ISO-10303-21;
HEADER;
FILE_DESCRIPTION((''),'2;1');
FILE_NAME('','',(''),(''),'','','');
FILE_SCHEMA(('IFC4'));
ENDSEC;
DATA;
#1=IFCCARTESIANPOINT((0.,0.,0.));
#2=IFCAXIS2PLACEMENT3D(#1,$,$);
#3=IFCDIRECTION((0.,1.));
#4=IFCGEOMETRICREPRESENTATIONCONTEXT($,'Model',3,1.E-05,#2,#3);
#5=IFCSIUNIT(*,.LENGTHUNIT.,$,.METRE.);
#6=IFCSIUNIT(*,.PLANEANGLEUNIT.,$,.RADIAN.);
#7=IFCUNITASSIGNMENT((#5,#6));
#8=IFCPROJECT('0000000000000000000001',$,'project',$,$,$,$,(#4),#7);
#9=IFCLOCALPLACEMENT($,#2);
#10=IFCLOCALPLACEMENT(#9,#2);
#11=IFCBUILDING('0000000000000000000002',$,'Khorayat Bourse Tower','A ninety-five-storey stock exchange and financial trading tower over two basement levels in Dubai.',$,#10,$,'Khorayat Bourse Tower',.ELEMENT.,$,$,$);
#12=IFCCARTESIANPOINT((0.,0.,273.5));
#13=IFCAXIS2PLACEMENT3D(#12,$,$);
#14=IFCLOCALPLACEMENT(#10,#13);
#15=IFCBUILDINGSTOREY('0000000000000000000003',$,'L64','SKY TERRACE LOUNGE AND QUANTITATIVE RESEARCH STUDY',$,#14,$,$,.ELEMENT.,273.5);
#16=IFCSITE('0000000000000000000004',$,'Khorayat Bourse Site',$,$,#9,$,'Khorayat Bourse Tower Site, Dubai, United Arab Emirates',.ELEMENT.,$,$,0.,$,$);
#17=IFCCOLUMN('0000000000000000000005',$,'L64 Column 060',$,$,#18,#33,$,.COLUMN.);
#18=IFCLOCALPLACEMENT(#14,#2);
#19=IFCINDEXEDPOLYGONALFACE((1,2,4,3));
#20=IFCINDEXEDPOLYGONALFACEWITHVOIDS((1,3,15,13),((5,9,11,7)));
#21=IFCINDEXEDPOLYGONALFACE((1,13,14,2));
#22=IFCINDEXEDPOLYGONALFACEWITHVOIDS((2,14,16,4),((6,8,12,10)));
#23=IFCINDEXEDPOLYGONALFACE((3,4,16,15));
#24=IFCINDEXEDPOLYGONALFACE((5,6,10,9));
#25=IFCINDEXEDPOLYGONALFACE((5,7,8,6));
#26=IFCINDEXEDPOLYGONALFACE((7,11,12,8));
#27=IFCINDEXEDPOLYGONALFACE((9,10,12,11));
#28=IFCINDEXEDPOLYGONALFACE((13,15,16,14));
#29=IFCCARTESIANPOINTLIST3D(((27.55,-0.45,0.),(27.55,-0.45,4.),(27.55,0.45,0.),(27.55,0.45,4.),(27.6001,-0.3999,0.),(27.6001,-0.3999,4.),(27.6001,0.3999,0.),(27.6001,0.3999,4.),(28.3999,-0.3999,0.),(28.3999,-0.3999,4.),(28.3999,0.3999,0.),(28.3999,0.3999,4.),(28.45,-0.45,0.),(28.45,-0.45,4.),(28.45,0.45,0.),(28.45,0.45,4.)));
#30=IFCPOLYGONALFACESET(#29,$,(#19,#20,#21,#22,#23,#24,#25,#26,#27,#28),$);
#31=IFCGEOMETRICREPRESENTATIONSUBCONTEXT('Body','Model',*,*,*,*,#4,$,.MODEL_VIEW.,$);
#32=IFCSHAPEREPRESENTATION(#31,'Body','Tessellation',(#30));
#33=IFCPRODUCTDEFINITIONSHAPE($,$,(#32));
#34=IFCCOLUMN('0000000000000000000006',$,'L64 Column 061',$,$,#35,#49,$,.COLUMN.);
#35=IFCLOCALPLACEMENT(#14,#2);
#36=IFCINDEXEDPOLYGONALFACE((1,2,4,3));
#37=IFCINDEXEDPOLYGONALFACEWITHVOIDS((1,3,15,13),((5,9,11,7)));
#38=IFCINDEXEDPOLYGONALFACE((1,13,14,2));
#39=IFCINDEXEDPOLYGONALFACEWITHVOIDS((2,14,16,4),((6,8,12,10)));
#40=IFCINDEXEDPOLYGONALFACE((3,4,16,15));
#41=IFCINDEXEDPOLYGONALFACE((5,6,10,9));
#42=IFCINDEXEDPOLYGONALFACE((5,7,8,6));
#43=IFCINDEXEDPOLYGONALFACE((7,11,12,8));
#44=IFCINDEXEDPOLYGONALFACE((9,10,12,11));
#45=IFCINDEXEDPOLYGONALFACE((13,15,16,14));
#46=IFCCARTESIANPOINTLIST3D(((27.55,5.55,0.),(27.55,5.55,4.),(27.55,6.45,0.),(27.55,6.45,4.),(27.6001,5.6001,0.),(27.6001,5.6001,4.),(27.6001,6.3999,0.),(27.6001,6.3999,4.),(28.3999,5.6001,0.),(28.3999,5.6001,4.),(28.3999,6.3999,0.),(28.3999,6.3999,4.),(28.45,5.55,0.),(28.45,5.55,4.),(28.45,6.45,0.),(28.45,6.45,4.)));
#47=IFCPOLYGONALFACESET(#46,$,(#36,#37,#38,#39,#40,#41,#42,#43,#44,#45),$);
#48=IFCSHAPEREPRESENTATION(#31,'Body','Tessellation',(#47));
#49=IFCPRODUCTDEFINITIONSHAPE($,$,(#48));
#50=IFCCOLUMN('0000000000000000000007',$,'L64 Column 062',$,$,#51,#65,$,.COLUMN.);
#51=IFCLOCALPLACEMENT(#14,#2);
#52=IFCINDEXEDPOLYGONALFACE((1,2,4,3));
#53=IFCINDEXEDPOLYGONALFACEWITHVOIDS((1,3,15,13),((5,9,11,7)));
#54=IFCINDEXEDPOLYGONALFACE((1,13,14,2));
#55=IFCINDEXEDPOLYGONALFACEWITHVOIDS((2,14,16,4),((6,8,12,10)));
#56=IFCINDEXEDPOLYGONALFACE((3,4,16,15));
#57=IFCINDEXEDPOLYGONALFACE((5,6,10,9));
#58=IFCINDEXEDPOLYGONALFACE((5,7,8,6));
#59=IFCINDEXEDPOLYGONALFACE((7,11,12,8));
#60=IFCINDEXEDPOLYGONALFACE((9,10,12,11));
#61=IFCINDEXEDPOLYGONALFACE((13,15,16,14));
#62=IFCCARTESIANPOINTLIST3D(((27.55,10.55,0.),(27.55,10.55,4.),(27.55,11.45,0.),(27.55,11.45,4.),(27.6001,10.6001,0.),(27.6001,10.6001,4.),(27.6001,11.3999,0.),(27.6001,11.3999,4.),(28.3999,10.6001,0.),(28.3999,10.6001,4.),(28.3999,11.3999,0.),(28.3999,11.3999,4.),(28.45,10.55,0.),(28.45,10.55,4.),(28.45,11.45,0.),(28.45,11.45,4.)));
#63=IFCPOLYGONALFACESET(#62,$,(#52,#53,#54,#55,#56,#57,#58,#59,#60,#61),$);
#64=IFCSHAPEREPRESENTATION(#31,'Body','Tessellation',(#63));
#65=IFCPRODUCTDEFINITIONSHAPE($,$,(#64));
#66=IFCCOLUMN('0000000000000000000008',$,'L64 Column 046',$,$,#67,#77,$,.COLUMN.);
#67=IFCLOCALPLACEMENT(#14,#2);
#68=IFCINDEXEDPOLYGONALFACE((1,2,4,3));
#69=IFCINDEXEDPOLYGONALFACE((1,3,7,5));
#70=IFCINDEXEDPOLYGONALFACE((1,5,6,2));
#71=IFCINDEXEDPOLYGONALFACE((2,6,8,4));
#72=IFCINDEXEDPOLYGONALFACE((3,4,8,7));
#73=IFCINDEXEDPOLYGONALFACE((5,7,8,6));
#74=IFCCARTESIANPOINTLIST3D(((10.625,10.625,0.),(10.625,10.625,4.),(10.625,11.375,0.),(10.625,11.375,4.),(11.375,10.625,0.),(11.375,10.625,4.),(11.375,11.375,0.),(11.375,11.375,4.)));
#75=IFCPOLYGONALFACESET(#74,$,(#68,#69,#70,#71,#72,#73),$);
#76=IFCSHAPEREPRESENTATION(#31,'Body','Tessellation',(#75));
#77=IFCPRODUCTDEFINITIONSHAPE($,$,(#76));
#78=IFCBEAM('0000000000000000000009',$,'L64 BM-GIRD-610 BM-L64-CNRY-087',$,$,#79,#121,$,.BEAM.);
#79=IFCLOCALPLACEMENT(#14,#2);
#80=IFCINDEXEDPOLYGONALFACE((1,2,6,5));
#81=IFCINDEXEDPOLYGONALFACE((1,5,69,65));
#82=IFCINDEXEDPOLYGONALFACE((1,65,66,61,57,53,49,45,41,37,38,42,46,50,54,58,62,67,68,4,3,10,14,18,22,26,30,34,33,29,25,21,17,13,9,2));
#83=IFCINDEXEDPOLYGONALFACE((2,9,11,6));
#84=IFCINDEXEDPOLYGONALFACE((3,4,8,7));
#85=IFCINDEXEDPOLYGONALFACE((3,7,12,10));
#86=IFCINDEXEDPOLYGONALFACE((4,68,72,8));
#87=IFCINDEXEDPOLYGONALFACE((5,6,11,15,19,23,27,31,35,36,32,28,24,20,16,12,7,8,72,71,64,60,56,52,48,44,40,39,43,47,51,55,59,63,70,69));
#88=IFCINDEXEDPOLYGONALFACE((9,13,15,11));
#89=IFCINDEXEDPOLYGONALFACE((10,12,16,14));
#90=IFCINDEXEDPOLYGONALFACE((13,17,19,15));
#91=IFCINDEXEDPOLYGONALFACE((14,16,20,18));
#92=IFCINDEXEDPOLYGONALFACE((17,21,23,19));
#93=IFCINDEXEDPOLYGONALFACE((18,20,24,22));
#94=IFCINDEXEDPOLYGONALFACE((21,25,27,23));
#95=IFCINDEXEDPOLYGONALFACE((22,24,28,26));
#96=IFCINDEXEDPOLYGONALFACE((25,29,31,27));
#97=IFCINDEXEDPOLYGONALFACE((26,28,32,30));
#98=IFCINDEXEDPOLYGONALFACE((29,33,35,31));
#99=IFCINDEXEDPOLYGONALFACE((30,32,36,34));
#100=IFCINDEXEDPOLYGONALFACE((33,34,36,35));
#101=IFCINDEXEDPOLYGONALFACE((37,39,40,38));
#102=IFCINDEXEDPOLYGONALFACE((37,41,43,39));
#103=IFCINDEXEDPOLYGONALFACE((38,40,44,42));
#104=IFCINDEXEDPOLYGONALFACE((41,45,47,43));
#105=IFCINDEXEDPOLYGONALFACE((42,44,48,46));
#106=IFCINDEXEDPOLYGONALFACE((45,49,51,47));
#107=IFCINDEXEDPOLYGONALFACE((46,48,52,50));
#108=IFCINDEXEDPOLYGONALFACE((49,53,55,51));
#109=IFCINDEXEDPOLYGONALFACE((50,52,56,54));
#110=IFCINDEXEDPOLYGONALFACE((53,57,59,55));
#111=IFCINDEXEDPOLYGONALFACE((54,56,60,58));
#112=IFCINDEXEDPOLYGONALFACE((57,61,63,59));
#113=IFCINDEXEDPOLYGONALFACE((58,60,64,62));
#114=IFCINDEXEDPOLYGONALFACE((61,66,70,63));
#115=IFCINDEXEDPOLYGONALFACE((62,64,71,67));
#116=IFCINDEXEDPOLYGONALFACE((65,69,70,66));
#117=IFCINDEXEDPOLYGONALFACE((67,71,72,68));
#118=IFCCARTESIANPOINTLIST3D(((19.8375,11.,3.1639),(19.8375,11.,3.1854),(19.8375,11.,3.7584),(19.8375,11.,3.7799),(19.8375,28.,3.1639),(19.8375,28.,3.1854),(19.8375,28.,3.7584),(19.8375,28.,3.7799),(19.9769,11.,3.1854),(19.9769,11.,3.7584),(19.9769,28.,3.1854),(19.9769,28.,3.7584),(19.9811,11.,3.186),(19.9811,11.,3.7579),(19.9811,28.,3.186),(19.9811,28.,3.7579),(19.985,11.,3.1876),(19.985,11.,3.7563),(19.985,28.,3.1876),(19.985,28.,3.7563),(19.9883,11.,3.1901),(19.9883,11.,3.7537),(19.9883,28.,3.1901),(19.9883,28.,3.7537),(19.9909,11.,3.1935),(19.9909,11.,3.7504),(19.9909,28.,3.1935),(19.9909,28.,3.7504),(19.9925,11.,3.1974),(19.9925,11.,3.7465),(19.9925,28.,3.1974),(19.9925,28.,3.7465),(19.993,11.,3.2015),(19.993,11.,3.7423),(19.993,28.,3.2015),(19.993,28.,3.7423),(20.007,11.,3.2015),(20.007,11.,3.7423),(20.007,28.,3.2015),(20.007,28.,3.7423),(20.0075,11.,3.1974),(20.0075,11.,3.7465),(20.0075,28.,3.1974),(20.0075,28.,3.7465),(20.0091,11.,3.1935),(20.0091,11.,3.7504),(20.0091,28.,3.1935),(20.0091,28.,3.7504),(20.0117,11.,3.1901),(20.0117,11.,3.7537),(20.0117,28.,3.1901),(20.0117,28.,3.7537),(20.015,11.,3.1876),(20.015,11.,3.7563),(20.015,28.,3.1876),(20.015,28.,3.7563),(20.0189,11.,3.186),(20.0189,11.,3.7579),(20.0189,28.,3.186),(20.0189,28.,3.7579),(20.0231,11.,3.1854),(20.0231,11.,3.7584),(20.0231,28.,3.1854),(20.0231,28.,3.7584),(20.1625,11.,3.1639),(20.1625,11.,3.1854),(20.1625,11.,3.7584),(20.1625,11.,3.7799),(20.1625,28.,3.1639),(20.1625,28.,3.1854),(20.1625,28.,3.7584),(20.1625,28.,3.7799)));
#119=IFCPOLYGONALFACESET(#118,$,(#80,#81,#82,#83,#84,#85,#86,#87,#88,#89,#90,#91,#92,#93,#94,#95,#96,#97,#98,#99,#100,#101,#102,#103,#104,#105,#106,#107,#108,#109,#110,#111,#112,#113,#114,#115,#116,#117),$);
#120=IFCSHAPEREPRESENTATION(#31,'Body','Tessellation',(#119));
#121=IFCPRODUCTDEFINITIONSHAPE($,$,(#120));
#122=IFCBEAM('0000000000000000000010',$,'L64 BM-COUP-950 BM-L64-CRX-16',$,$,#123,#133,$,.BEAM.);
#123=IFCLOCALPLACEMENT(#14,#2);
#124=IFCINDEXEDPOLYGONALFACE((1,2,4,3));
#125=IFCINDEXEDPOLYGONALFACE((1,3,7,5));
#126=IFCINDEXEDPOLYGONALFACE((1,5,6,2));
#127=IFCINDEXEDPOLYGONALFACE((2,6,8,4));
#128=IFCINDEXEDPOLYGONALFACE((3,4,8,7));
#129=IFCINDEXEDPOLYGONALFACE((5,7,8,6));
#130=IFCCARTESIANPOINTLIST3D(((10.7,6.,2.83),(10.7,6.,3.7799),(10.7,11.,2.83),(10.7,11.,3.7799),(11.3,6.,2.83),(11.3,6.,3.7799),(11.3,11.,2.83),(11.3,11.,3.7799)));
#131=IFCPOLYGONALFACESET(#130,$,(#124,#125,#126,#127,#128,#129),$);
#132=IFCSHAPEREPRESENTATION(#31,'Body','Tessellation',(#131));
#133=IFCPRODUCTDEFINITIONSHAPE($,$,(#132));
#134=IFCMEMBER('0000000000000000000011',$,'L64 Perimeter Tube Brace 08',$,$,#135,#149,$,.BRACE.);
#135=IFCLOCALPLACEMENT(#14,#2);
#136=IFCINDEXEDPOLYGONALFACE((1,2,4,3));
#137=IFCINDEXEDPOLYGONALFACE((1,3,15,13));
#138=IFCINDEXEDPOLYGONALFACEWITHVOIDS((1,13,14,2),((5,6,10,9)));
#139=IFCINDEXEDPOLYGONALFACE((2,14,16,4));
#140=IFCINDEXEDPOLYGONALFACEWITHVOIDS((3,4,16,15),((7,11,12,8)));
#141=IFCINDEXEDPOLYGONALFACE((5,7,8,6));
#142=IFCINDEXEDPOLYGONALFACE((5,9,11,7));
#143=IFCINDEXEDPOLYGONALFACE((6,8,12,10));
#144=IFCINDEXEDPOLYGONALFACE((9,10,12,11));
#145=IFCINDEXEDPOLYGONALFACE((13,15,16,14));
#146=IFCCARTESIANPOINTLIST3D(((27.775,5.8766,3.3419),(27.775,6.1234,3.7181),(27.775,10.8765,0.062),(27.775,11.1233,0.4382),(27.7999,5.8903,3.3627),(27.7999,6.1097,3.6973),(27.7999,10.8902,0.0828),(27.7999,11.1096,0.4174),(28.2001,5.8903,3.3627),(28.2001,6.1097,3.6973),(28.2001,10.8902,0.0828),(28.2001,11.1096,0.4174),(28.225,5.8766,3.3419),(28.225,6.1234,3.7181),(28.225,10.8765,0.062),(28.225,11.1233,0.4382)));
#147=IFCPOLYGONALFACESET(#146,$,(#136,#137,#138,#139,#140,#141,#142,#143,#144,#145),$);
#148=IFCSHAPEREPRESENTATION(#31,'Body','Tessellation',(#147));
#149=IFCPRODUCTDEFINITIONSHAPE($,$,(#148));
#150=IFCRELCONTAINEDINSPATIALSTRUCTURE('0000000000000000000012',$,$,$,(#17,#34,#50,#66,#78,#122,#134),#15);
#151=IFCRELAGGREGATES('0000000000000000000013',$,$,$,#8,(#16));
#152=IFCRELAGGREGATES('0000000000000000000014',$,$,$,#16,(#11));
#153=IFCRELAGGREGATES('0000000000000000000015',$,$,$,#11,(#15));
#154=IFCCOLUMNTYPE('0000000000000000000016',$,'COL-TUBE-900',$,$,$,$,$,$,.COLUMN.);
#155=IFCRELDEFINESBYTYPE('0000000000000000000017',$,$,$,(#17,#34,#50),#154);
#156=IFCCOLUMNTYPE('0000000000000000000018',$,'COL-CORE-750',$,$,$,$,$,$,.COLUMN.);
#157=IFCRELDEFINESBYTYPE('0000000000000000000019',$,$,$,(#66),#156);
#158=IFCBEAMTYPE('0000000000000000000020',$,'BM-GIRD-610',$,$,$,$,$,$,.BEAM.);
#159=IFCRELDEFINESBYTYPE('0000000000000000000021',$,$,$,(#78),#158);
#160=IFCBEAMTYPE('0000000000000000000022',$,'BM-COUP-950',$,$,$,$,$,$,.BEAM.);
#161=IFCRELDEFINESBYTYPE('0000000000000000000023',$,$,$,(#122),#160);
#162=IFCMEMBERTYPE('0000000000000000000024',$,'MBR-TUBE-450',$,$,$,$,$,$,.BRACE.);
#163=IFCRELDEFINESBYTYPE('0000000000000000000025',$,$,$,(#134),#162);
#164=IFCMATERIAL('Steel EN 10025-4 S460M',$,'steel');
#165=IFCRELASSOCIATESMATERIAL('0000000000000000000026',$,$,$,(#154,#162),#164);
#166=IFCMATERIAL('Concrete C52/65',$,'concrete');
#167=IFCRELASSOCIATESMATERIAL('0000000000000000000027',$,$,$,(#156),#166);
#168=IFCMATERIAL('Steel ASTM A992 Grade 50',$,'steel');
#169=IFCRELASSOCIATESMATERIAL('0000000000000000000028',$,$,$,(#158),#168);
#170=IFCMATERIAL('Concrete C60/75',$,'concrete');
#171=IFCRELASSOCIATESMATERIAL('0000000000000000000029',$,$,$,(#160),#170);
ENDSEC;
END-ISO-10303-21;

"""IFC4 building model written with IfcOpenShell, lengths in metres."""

from ifc_helpers import new_model, si_unit, direction, frame, origin, origin_2d, place, context, subcontext, project, spatial, rectangle, hollow_rectangle, i_section, extrude, source, transform, mapped, material, material_profile, profile_set, type_object, element, save


model = new_model("IFC4")

# Units and contexts
model_context = context("Model", 3, precision=1e-05, world=origin(), true_north=direction((0.0, 1.0)))
body_context = subcontext(model_context, "Body", "Model", "MODEL_VIEW")
ifc_project = project(units=[si_unit("LENGTHUNIT", "METRE"), si_unit("PLANEANGLEUNIT", "RADIAN")], contexts=[model_context])

# Site, building, storey
site_placement = place(None, origin())
site = spatial("IfcSite", under=ifc_project, at=site_placement, Name="Khorayat Bourse Site", LongName="Khorayat Bourse Tower Site, Dubai, United Arab Emirates", CompositionType="ELEMENT", RefElevation=0.0)
building_placement = place(site_placement, origin())
building = spatial("IfcBuilding", under=site, at=building_placement, Name="Khorayat Bourse Tower", Description="A ninety-five-storey stock exchange and financial trading tower over two basement levels in Dubai.", LongName="Khorayat Bourse Tower", CompositionType="ELEMENT")
storey_placement = place(building_placement, frame((0.0, 0.0, 273.5)))
storey = spatial("IfcBuildingStorey", under=building, at=storey_placement, Name="L64", Description="SKY TERRACE LOUNGE AND QUANTITATIVE RESEARCH STUDY", CompositionType="ELEMENT", Elevation=273.5)

# Columns
ifc_material_1 = material(Name="Steel EN 10025-4 S460M", Category="steel")
ifc_material_profile_1 = material_profile(ifc_material_1, hollow_rectangle(XDim=0.8999, YDim=0.8999, WallThickness=0.05, at=origin_2d()), Name="BOX 900x900x50")
ifc_profile_set_1 = profile_set([ifc_material_profile_1], Name="Steel EN 10025-4 S460M")
column_type_1 = type_object("IfcColumnType", Name="COL-TUBE-900", PredefinedType="COLUMN", material=ifc_profile_set_1)
shared_shape_1 = source(origin(), body_context, "Body", "SweptSolid", [
    extrude(hollow_rectangle(XDim=0.8999, YDim=0.8999, WallThickness=0.05, at=origin_2d()), origin(), (0.0, 0.0, 1.0), 4.0),
])
for number, where, z_axis, x_axis, name in (
    (1, (28.0, 0.0, 0.0), (0.0, 0.0, 1.0), (1.0, 0.0, 0.0), "L64 Column 060"),
    (2, (28.0, 6.0, 0.0), (0.0, 0.0, 1.0), (1.0, 0.0, 0.0), "L64 Column 061"),
    (3, (28.0, 11.0, 0.0), (0.0, 0.0, 1.0), (1.0, 0.0, 0.0), "L64 Column 062"),
):
    element("IfcColumn", number, at=place(storey_placement, frame(where, z_axis=z_axis, x_axis=x_axis)), inside=storey, type_object=column_type_1, Name=name, PredefinedType="COLUMN", context=body_context, shape_type="MappedRepresentation", body=[
        mapped(shared_shape_1, transform((0.0, 0.0, 0.0), scale=1.0)),
    ])
ifc_material_2 = material(Name="Concrete C52/65", Category="concrete")
ifc_material_profile_2 = material_profile(ifc_material_2, rectangle(XDim=0.75, YDim=0.75, at=origin_2d()), Name="RC 750x750")
ifc_profile_set_2 = profile_set([ifc_material_profile_2], Name="Concrete C52/65")
column_type_2 = type_object("IfcColumnType", Name="COL-CORE-750", PredefinedType="COLUMN", material=ifc_profile_set_2)
shared_shape_2 = source(origin(), body_context, "Body", "SweptSolid", [
    extrude(rectangle(XDim=0.75, YDim=0.75, at=origin_2d()), origin(), (0.0, 0.0, 1.0), 4.0),
])
column_placement = place(storey_placement, frame((11.0, 11.0, 0.0), z_axis=(0.0, 0.0, 1.0), x_axis=(1.0, 0.0, 0.0)))
element("IfcColumn", 4, at=column_placement, inside=storey, type_object=column_type_2, Name="L64 Column 046", PredefinedType="COLUMN", context=body_context, shape_type="MappedRepresentation", body=[
    mapped(shared_shape_2, transform((0.0, 0.0, 0.0), scale=1.0)),
])

# Beams
ifc_material_3 = material(Name="Steel ASTM A992 Grade 50", Category="steel")
ifc_material_profile_3 = material_profile(ifc_material_3, i_section(OverallWidth=0.325, OverallDepth=0.616, WebThickness=0.0139, FlangeThickness=0.0215, FilletRadius=0.0161, at=origin_2d()), Name="W610X174")
ifc_profile_set_3 = profile_set([ifc_material_profile_3], Name="Steel ASTM A992 Grade 50")
beam_type_1 = type_object("IfcBeamType", Name="BM-GIRD-610", PredefinedType="BEAM", material=ifc_profile_set_3)
shared_shape_3 = source(origin(), body_context, "Body", "SweptSolid", [
    extrude(i_section(OverallWidth=0.325, OverallDepth=0.616, WebThickness=0.0139, FlangeThickness=0.0215, FilletRadius=0.0161, at=origin_2d()), origin(), (0.0, 0.0, 1.0), 17.0),
])
beam_1_placement = place(storey_placement, frame((20.0, 11.0, 3.4719), z_axis=(0.0, 1.0, 0.0), x_axis=(-1.0, 0.0, 0.0)))
element("IfcBeam", 5, at=beam_1_placement, inside=storey, type_object=beam_type_1, Name="L64 BM-GIRD-610 BM-L64-CNRY-087", PredefinedType="BEAM", context=body_context, shape_type="MappedRepresentation", body=[
    mapped(shared_shape_3, transform((0.0, 0.0, 0.0), scale=1.0)),
])
ifc_material_4 = material(Name="Concrete C60/75", Category="concrete")
ifc_material_profile_4 = material_profile(ifc_material_4, rectangle(XDim=0.6001, YDim=0.95, at=origin_2d()), Name="RC 600x950")
ifc_profile_set_4 = profile_set([ifc_material_profile_4], Name="Concrete C60/75")
beam_type_2 = type_object("IfcBeamType", Name="BM-COUP-950", PredefinedType="BEAM", material=ifc_profile_set_4)
shared_shape_4 = source(origin(), body_context, "Body", "SweptSolid", [
    extrude(rectangle(XDim=0.6001, YDim=0.95, at=origin_2d()), origin(), (0.0, 0.0, 1.0), 5.0),
])
beam_2_placement = place(storey_placement, frame((11.0, 6.0, 3.3049), z_axis=(0.0, 1.0, 0.0), x_axis=(-1.0, 0.0, 0.0)))
element("IfcBeam", 6, at=beam_2_placement, inside=storey, type_object=beam_type_2, Name="L64 BM-COUP-950 BM-L64-CRX-16", PredefinedType="BEAM", context=body_context, shape_type="MappedRepresentation", body=[
    mapped(shared_shape_4, transform((0.0, 0.0, 0.0), scale=1.0)),
])

# Member
ifc_material_profile_5 = material_profile(ifc_material_1, hollow_rectangle(XDim=0.45, YDim=0.45, WallThickness=0.0249, at=origin_2d()), Name="HSS 450x450x25")
ifc_profile_set_5 = profile_set([ifc_material_profile_5], Name="Steel EN 10025-4 S460M")
member_type_1 = type_object("IfcMemberType", Name="MBR-TUBE-450", PredefinedType="BRACE", material=ifc_profile_set_5)
shared_shape_5 = source(origin(), body_context, "Body", "SweptSolid", [
    extrude(hollow_rectangle(XDim=0.45, YDim=0.45, WallThickness=0.0249, at=origin_2d()), origin(), (0.0, 0.0, 1.0), 5.9797),
])
member_1_placement = place(storey_placement, frame((28.0, 6.0, 3.53), z_axis=(0.0, 0.836142, -0.548514), x_axis=(-1.0, 0.0, 0.0)))
element("IfcMember", 7, at=member_1_placement, inside=storey, type_object=member_type_1, Name="L64 Perimeter Tube Brace 08", PredefinedType="BRACE", context=body_context, shape_type="MappedRepresentation", body=[
    mapped(shared_shape_5, transform((0.0, 0.0, 0.0), scale=1.0)),
])

save(model, "model.ifc")
